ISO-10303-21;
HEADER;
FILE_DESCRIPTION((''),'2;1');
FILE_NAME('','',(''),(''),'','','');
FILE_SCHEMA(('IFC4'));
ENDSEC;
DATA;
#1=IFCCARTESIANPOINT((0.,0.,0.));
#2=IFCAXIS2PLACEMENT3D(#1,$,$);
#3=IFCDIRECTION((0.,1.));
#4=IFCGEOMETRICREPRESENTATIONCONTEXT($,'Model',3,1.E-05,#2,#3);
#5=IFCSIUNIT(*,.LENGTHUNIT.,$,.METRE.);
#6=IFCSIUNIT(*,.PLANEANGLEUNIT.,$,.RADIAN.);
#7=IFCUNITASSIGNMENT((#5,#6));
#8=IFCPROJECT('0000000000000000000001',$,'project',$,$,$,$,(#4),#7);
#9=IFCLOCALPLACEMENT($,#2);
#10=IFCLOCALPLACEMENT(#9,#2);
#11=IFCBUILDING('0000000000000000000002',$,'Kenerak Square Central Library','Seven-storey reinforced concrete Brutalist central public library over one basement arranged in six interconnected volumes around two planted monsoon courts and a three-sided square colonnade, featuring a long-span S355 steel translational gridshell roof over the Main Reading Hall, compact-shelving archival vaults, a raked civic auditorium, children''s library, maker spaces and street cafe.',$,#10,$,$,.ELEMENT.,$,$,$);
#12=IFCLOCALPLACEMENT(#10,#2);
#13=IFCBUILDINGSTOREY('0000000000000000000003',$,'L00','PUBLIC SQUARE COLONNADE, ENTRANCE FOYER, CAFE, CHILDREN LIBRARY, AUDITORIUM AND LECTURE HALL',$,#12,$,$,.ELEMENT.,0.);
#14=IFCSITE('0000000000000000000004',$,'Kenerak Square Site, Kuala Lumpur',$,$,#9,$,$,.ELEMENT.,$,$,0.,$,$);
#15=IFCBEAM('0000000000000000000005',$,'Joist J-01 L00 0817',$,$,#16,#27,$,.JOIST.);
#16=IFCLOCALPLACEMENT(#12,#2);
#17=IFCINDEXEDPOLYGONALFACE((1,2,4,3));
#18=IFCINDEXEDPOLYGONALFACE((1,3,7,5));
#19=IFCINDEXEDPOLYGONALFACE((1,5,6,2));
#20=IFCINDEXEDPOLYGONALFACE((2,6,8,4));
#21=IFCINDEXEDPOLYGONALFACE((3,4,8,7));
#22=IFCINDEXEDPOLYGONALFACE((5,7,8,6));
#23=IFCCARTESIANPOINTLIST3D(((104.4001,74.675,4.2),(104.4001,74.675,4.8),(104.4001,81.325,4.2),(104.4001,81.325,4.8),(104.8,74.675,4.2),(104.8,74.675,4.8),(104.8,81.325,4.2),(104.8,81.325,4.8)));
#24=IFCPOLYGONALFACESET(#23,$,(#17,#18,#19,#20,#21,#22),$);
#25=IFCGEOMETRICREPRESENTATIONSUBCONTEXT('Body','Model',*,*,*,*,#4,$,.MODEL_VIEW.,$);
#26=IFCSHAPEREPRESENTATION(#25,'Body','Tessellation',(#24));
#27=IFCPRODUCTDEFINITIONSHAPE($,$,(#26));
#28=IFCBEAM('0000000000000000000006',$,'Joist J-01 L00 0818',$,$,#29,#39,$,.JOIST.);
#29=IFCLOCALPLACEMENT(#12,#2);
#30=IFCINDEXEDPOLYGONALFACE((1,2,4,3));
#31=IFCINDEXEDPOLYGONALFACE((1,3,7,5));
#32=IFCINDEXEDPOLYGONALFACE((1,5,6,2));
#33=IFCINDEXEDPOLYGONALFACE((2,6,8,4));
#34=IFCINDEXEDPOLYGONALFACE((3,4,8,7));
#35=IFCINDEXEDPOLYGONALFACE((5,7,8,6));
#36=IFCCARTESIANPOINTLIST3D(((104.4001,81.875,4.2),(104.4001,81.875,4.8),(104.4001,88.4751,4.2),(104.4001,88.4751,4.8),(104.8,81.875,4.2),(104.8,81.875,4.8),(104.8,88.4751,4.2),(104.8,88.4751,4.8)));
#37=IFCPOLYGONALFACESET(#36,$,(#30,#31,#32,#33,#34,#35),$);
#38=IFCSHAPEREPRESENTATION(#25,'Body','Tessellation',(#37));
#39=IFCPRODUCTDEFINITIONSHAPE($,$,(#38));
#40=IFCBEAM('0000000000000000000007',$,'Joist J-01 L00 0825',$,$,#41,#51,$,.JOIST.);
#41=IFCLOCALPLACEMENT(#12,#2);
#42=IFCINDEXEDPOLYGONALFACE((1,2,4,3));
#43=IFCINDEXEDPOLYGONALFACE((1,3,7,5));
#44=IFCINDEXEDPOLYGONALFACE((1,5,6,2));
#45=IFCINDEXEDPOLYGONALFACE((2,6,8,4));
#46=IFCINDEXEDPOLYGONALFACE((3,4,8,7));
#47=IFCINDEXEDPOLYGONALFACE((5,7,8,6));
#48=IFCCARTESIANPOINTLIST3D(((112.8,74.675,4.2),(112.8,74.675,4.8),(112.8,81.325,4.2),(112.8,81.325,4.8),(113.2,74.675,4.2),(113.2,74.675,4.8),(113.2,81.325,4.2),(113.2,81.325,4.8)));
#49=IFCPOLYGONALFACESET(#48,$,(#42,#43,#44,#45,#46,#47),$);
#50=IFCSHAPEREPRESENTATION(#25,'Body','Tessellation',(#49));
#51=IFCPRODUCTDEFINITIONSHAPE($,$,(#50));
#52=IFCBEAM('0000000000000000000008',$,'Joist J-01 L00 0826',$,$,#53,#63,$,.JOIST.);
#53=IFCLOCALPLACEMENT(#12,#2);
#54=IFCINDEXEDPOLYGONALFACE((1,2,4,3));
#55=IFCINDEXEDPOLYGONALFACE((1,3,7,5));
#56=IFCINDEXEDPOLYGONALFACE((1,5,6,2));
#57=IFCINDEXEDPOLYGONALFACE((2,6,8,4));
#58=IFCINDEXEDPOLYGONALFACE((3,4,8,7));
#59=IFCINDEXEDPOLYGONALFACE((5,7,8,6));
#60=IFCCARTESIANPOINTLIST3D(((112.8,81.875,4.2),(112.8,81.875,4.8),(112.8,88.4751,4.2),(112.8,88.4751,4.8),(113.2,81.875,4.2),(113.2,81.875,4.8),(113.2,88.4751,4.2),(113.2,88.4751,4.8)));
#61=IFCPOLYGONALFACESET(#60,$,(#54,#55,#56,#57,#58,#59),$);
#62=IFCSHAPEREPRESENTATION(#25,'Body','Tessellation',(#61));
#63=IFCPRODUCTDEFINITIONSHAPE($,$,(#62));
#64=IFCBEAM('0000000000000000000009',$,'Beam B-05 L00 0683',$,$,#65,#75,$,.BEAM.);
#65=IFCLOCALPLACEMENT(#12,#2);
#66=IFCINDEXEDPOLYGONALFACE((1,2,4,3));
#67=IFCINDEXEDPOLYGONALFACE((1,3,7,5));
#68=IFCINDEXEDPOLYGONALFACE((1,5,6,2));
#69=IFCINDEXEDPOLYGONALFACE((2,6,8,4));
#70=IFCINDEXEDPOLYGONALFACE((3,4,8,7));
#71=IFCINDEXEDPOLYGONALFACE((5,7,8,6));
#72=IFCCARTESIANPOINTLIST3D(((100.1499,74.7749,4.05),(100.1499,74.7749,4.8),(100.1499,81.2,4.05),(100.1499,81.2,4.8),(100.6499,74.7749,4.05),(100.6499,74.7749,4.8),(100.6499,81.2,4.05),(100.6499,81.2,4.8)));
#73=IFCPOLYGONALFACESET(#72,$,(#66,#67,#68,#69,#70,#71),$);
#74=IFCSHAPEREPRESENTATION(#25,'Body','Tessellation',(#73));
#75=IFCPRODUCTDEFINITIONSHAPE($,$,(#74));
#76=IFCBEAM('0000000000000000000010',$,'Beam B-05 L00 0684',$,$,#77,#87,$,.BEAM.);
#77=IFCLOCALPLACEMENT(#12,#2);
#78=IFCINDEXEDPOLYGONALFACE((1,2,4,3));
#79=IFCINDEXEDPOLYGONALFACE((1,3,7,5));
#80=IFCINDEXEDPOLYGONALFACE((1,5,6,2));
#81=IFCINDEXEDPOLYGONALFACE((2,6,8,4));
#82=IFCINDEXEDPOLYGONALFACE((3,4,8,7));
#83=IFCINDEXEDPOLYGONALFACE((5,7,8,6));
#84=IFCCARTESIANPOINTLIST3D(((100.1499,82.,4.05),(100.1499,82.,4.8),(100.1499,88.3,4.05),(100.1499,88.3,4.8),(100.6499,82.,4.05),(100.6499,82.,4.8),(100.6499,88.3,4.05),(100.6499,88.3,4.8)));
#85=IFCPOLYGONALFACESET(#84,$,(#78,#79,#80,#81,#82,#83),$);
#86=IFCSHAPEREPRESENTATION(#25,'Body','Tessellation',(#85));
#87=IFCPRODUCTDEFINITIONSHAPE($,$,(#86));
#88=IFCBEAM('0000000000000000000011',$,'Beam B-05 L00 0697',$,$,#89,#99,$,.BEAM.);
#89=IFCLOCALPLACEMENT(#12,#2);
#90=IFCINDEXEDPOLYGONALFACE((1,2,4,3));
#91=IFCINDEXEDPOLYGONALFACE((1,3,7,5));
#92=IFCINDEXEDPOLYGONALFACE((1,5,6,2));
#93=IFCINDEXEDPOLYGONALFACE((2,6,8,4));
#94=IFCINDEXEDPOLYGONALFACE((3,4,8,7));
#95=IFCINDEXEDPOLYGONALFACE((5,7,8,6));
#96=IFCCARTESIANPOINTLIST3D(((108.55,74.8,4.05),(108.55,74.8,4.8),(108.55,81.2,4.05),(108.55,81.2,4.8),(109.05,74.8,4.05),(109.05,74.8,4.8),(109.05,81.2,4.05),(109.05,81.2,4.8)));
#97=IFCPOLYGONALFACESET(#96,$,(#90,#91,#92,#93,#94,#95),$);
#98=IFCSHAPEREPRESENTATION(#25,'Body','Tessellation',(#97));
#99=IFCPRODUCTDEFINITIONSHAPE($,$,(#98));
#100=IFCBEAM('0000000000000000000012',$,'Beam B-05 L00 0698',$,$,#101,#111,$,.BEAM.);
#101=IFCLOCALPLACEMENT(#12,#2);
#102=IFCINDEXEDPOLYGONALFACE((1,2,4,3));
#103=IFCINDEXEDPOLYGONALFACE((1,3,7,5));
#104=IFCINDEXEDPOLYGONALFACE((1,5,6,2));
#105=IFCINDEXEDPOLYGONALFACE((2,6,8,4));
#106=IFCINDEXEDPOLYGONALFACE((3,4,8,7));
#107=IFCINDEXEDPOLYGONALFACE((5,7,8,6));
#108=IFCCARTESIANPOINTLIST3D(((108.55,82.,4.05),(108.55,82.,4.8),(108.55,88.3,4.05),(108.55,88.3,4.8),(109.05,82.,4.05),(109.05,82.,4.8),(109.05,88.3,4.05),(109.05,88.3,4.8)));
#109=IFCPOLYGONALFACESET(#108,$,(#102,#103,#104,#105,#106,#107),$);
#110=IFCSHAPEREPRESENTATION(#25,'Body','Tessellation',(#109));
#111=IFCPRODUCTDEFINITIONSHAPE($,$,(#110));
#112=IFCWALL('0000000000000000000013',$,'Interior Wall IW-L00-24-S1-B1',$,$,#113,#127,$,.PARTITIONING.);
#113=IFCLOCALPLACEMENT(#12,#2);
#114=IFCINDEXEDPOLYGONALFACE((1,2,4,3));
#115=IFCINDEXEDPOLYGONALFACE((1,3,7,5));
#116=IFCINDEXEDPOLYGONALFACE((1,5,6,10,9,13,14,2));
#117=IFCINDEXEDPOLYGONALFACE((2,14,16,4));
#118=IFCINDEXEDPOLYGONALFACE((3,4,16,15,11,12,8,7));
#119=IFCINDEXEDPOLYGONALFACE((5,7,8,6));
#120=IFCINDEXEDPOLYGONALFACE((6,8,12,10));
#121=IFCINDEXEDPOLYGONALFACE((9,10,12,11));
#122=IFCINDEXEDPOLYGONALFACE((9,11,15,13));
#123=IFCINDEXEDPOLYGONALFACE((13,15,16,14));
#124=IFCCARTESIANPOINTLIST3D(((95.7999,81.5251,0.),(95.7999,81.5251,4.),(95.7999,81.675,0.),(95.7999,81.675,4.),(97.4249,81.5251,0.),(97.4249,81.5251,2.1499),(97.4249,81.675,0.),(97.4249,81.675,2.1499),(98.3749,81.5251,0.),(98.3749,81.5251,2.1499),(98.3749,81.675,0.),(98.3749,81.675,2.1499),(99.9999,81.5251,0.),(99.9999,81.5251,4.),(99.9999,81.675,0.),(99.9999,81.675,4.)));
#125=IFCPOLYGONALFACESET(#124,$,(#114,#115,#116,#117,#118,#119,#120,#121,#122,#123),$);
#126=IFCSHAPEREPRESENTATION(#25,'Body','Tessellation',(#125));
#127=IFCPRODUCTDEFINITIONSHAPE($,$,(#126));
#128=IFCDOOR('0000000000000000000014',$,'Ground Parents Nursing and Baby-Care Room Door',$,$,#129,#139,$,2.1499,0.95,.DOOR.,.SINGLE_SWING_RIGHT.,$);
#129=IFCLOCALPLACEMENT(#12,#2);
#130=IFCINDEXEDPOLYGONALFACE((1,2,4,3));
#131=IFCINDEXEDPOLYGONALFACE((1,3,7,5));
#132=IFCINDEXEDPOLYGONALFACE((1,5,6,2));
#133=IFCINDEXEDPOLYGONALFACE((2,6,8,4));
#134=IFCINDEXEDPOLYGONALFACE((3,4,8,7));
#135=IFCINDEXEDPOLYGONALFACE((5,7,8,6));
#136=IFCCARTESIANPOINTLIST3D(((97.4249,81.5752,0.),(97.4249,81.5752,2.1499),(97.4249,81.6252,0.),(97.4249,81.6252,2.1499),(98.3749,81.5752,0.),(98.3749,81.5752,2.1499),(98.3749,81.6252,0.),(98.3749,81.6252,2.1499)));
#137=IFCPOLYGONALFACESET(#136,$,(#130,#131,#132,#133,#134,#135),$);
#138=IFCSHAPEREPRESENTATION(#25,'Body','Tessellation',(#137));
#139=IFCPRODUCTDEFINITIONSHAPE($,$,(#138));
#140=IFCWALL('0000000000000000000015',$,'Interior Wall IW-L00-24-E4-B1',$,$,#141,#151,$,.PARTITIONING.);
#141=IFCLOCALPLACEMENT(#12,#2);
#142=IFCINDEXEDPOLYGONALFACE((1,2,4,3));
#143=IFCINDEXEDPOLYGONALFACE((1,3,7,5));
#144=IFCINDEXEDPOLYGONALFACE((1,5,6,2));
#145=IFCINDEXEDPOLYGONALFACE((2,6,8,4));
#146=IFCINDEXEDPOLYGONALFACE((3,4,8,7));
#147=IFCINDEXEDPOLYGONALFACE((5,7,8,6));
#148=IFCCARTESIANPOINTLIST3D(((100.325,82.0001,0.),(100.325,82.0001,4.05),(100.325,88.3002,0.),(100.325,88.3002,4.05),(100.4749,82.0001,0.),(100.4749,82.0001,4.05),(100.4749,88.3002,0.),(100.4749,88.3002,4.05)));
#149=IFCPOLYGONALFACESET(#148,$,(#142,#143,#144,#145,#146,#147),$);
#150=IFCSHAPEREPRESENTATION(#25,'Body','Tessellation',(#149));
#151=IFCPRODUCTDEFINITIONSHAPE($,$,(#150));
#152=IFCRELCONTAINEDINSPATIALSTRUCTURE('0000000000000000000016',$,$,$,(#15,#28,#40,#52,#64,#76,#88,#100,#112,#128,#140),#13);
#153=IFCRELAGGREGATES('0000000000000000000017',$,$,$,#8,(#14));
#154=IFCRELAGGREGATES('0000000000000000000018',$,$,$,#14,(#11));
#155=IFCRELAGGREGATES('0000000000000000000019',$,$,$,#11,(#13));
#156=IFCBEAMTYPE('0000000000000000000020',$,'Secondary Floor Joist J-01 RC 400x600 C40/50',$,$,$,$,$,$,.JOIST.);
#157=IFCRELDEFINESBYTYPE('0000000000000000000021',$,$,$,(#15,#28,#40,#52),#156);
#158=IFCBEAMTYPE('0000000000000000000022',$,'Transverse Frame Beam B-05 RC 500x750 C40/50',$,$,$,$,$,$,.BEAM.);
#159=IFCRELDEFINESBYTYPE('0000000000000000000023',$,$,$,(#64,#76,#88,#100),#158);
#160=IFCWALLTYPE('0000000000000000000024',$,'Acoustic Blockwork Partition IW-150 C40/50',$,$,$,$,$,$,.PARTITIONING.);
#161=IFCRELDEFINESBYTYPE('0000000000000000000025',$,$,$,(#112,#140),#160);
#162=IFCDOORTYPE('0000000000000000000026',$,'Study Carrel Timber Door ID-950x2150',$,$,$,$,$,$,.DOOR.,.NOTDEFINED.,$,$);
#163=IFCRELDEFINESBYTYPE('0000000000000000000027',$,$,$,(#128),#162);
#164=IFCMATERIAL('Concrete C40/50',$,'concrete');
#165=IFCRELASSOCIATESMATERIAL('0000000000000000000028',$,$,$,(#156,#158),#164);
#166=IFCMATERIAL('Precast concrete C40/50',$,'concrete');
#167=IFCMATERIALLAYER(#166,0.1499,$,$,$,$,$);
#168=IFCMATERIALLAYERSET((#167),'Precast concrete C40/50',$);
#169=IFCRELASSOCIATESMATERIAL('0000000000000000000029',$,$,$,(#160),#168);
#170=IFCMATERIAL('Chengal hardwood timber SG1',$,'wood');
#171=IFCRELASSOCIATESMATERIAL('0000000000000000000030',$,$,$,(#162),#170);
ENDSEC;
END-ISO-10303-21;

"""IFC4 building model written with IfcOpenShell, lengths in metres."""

from ifc_helpers import new_model, si_unit, direction, frame, frame_2d, origin, origin_2d, place, context, subcontext, project, spatial, rectangle, extrude, material, layer, layer_set, material_profile, profile_set, type_object, element, fill, save


model = new_model("IFC4")

# Units and contexts
model_context = context("Model", 3, precision=1e-05, world=origin(), true_north=direction((0.0, 1.0)))
body_context = subcontext(model_context, "Body", "Model", "MODEL_VIEW")
ifc_project = project(units=[si_unit("LENGTHUNIT", "METRE"), si_unit("PLANEANGLEUNIT", "RADIAN")], contexts=[model_context])

# Site, building, storey
site_placement = place(None, origin())
site = spatial("IfcSite", under=ifc_project, at=site_placement, Name="Kenerak Square Site, Kuala Lumpur", CompositionType="ELEMENT", RefElevation=0.0)
building_placement = place(site_placement, origin())
building = spatial("IfcBuilding", under=site, at=building_placement, Name="Kenerak Square Central Library", Description="Seven-storey reinforced concrete Brutalist central public library over one basement arranged in six interconnected volumes around two planted monsoon courts and a three-sided square colonnade, featuring a long-span S355 steel translational gridshell roof over the Main Reading Hall, compact-shelving archival vaults, a raked civic auditorium, children's library, maker spaces and street cafe.", CompositionType="ELEMENT")
storey_placement = place(building_placement, origin())
storey = spatial("IfcBuildingStorey", under=building, at=storey_placement, Name="L00", Description="PUBLIC SQUARE COLONNADE, ENTRANCE FOYER, CAFE, CHILDREN LIBRARY, AUDITORIUM AND LECTURE HALL", CompositionType="ELEMENT", Elevation=0.0)

# Shared definitions
ifc_material_1 = material(Name="Concrete C40/50", Category="concrete")

# Beams
ifc_material_profile_1 = material_profile(ifc_material_1, rectangle(XDim=0.3999, YDim=0.6001, at=origin_2d()), Name="RC 400x600")
ifc_profile_set_1 = profile_set([ifc_material_profile_1], Name="Concrete C40/50")
beam_type_1 = type_object("IfcBeamType", Name="Secondary Floor Joist J-01 RC 400x600 C40/50", PredefinedType="JOIST", material=ifc_profile_set_1)
beam_1_placement = place(storey_placement, frame((104.6001, 74.675, 4.5), z_axis=(0.0, 1.0, 0.0), x_axis=(-1.0, 0.0, 0.0)))
element("IfcBeam", 1, at=beam_1_placement, inside=storey, type_object=beam_type_1, Name="Joist J-01 L00 0817", PredefinedType="JOIST", context=body_context, shape_type="SweptSolid", body=[
    extrude(rectangle(XDim=0.3999, YDim=0.6001, at=origin_2d()), origin(), (0.0, 0.0, 1.0), 6.6499),
])
beam_2_placement = place(storey_placement, frame((104.6001, 81.875, 4.5), z_axis=(0.0, 1.0, 0.0), x_axis=(-1.0, 0.0, 0.0)))
element("IfcBeam", 2, at=beam_2_placement, inside=storey, type_object=beam_type_1, Name="Joist J-01 L00 0818", PredefinedType="JOIST", context=body_context, shape_type="SweptSolid", body=[
    extrude(rectangle(XDim=0.3999, YDim=0.6001, at=origin_2d()), origin(), (0.0, 0.0, 1.0), 6.6001),
])
beam_3_placement = place(storey_placement, frame((113.0, 74.675, 4.5), z_axis=(0.0, 1.0, 0.0), x_axis=(-1.0, 0.0, 0.0)))
element("IfcBeam", 3, at=beam_3_placement, inside=storey, type_object=beam_type_1, Name="Joist J-01 L00 0825", PredefinedType="JOIST", context=body_context, shape_type="SweptSolid", body=[
    extrude(rectangle(XDim=0.3999, YDim=0.6001, at=origin_2d()), origin(), (0.0, 0.0, 1.0), 6.6499),
])
beam_4_placement = place(storey_placement, frame((113.0, 81.875, 4.5), z_axis=(0.0, 1.0, 0.0), x_axis=(-1.0, 0.0, 0.0)))
element("IfcBeam", 4, at=beam_4_placement, inside=storey, type_object=beam_type_1, Name="Joist J-01 L00 0826", PredefinedType="JOIST", context=body_context, shape_type="SweptSolid", body=[
    extrude(rectangle(XDim=0.3999, YDim=0.6001, at=origin_2d()), origin(), (0.0, 0.0, 1.0), 6.6001),
])
ifc_material_profile_2 = material_profile(ifc_material_1, rectangle(XDim=0.5, YDim=0.75, at=origin_2d()), Name="RC 500x750")
ifc_profile_set_2 = profile_set([ifc_material_profile_2], Name="Concrete C40/50")
beam_type_2 = type_object("IfcBeamType", Name="Transverse Frame Beam B-05 RC 500x750 C40/50", PredefinedType="BEAM", material=ifc_profile_set_2)
beam_5_placement = place(storey_placement, frame((100.3999, 74.7749, 4.425), z_axis=(0.0, 1.0, 0.0), x_axis=(-1.0, 0.0, 0.0)))
element("IfcBeam", 5, at=beam_5_placement, inside=storey, type_object=beam_type_2, Name="Beam B-05 L00 0683", PredefinedType="BEAM", context=body_context, shape_type="SweptSolid", body=[
    extrude(rectangle(XDim=0.5, YDim=0.75, at=origin_2d()), origin(), (0.0, 0.0, 1.0), 6.425),
])
beam_6_placement = place(storey_placement, frame((100.3999, 82.0, 4.425), z_axis=(0.0, 1.0, 0.0), x_axis=(-1.0, 0.0, 0.0)))
element("IfcBeam", 6, at=beam_6_placement, inside=storey, type_object=beam_type_2, Name="Beam B-05 L00 0684", PredefinedType="BEAM", context=body_context, shape_type="SweptSolid", body=[
    extrude(rectangle(XDim=0.5, YDim=0.75, at=origin_2d()), origin(), (0.0, 0.0, 1.0), 6.3),
])
beam_7_placement = place(storey_placement, frame((108.8, 74.8, 4.425), z_axis=(0.0, 1.0, 0.0), x_axis=(-1.0, 0.0, 0.0)))
element("IfcBeam", 7, at=beam_7_placement, inside=storey, type_object=beam_type_2, Name="Beam B-05 L00 0697", PredefinedType="BEAM", context=body_context, shape_type="SweptSolid", body=[
    extrude(rectangle(XDim=0.5, YDim=0.75, at=origin_2d()), origin(), (0.0, 0.0, 1.0), 6.3999),
])
beam_8_placement = place(storey_placement, frame((108.8, 82.0, 4.425), z_axis=(0.0, 1.0, 0.0), x_axis=(-1.0, 0.0, 0.0)))
element("IfcBeam", 8, at=beam_8_placement, inside=storey, type_object=beam_type_2, Name="Beam B-05 L00 0698", PredefinedType="BEAM", context=body_context, shape_type="SweptSolid", body=[
    extrude(rectangle(XDim=0.5, YDim=0.75, at=origin_2d()), origin(), (0.0, 0.0, 1.0), 6.3),
])

# Wall, opening, door
ifc_material_2 = material(Name="Precast concrete C40/50", Category="concrete")
ifc_layer = layer(ifc_material_2, 0.1499)
ifc_layer_set = layer_set([ifc_layer], Name="Precast concrete C40/50")
wall_type = type_object("IfcWallType", Name="Acoustic Blockwork Partition IW-150 C40/50", PredefinedType="PARTITIONING", material=ifc_layer_set)
wall_1_placement = place(storey_placement, frame((100.0, 81.6001, 0.0), z_axis=(0.0, 0.0, 1.0), x_axis=(-1.0, 0.0, 0.0)))
wall_1 = element("IfcWall", 9, at=wall_1_placement, inside=storey, type_object=wall_type, Name="Interior Wall IW-L00-24-S1-B1", PredefinedType="PARTITIONING", context=body_context, shape_type="SweptSolid", body=[
    extrude(rectangle(XDim=4.2, YDim=0.1499, at=frame_2d((2.1001, 0.0))), origin(), (0.0, 0.0, 1.0), 4.0),
])
opening_placement = place(wall_1_placement, frame((1.625, 0.0, 0.0)))
opening = element("IfcOpeningElement", 10, at=opening_placement, cuts=wall_1, PredefinedType="OPENING", context=body_context, shape_type="SweptSolid", body=[
    extrude(rectangle(XDim=0.95, YDim=2.1499, at=frame_2d((0.4751, 1.075))), frame((0.0, 0.085, 0.0), z_axis=(0.0, -1.0, 0.0), x_axis=(1.0, 0.0, 0.0)), (0.0, 0.0, 1.0), 0.1699),
])
ifc_material_3 = material(Name="Chengal hardwood timber SG1", Category="wood")
door_type = type_object("IfcDoorType", Name="Study Carrel Timber Door ID-950x2150", OperationType="NOTDEFINED", PredefinedType="DOOR", material=ifc_material_3)
door_placement = place(opening_placement, origin())
door = element("IfcDoor", 11, at=door_placement, inside=storey, type_object=door_type, Name="Ground Parents Nursing and Baby-Care Room Door", OperationType="SINGLE_SWING_RIGHT", OverallHeight=2.1499, OverallWidth=0.95, PredefinedType="DOOR", context=body_context, shape_type="SweptSolid", body=[
    extrude(rectangle(XDim=0.95, YDim=2.1499, at=frame_2d((0.4751, 1.075))), frame((0.0, 0.0249, 0.0), z_axis=(0.0, -1.0, 0.0), x_axis=(1.0, 0.0, 0.0)), (0.0, 0.0, 1.0), 0.05),
])
fill(opening, door)

# Wall
wall_2_placement = place(storey_placement, frame((100.3999, 88.3, 0.0), z_axis=(0.0, 0.0, 1.0), x_axis=(0.0, -1.0, 0.0)))
element("IfcWall", 12, at=wall_2_placement, inside=storey, type_object=wall_type, Name="Interior Wall IW-L00-24-E4-B1", PredefinedType="PARTITIONING", context=body_context, shape_type="SweptSolid", body=[
    extrude(rectangle(XDim=6.3, YDim=0.1499, at=frame_2d((3.1499, 0.0))), origin(), (0.0, 0.0, 1.0), 4.05),
])

save(model, "model.ifc")
